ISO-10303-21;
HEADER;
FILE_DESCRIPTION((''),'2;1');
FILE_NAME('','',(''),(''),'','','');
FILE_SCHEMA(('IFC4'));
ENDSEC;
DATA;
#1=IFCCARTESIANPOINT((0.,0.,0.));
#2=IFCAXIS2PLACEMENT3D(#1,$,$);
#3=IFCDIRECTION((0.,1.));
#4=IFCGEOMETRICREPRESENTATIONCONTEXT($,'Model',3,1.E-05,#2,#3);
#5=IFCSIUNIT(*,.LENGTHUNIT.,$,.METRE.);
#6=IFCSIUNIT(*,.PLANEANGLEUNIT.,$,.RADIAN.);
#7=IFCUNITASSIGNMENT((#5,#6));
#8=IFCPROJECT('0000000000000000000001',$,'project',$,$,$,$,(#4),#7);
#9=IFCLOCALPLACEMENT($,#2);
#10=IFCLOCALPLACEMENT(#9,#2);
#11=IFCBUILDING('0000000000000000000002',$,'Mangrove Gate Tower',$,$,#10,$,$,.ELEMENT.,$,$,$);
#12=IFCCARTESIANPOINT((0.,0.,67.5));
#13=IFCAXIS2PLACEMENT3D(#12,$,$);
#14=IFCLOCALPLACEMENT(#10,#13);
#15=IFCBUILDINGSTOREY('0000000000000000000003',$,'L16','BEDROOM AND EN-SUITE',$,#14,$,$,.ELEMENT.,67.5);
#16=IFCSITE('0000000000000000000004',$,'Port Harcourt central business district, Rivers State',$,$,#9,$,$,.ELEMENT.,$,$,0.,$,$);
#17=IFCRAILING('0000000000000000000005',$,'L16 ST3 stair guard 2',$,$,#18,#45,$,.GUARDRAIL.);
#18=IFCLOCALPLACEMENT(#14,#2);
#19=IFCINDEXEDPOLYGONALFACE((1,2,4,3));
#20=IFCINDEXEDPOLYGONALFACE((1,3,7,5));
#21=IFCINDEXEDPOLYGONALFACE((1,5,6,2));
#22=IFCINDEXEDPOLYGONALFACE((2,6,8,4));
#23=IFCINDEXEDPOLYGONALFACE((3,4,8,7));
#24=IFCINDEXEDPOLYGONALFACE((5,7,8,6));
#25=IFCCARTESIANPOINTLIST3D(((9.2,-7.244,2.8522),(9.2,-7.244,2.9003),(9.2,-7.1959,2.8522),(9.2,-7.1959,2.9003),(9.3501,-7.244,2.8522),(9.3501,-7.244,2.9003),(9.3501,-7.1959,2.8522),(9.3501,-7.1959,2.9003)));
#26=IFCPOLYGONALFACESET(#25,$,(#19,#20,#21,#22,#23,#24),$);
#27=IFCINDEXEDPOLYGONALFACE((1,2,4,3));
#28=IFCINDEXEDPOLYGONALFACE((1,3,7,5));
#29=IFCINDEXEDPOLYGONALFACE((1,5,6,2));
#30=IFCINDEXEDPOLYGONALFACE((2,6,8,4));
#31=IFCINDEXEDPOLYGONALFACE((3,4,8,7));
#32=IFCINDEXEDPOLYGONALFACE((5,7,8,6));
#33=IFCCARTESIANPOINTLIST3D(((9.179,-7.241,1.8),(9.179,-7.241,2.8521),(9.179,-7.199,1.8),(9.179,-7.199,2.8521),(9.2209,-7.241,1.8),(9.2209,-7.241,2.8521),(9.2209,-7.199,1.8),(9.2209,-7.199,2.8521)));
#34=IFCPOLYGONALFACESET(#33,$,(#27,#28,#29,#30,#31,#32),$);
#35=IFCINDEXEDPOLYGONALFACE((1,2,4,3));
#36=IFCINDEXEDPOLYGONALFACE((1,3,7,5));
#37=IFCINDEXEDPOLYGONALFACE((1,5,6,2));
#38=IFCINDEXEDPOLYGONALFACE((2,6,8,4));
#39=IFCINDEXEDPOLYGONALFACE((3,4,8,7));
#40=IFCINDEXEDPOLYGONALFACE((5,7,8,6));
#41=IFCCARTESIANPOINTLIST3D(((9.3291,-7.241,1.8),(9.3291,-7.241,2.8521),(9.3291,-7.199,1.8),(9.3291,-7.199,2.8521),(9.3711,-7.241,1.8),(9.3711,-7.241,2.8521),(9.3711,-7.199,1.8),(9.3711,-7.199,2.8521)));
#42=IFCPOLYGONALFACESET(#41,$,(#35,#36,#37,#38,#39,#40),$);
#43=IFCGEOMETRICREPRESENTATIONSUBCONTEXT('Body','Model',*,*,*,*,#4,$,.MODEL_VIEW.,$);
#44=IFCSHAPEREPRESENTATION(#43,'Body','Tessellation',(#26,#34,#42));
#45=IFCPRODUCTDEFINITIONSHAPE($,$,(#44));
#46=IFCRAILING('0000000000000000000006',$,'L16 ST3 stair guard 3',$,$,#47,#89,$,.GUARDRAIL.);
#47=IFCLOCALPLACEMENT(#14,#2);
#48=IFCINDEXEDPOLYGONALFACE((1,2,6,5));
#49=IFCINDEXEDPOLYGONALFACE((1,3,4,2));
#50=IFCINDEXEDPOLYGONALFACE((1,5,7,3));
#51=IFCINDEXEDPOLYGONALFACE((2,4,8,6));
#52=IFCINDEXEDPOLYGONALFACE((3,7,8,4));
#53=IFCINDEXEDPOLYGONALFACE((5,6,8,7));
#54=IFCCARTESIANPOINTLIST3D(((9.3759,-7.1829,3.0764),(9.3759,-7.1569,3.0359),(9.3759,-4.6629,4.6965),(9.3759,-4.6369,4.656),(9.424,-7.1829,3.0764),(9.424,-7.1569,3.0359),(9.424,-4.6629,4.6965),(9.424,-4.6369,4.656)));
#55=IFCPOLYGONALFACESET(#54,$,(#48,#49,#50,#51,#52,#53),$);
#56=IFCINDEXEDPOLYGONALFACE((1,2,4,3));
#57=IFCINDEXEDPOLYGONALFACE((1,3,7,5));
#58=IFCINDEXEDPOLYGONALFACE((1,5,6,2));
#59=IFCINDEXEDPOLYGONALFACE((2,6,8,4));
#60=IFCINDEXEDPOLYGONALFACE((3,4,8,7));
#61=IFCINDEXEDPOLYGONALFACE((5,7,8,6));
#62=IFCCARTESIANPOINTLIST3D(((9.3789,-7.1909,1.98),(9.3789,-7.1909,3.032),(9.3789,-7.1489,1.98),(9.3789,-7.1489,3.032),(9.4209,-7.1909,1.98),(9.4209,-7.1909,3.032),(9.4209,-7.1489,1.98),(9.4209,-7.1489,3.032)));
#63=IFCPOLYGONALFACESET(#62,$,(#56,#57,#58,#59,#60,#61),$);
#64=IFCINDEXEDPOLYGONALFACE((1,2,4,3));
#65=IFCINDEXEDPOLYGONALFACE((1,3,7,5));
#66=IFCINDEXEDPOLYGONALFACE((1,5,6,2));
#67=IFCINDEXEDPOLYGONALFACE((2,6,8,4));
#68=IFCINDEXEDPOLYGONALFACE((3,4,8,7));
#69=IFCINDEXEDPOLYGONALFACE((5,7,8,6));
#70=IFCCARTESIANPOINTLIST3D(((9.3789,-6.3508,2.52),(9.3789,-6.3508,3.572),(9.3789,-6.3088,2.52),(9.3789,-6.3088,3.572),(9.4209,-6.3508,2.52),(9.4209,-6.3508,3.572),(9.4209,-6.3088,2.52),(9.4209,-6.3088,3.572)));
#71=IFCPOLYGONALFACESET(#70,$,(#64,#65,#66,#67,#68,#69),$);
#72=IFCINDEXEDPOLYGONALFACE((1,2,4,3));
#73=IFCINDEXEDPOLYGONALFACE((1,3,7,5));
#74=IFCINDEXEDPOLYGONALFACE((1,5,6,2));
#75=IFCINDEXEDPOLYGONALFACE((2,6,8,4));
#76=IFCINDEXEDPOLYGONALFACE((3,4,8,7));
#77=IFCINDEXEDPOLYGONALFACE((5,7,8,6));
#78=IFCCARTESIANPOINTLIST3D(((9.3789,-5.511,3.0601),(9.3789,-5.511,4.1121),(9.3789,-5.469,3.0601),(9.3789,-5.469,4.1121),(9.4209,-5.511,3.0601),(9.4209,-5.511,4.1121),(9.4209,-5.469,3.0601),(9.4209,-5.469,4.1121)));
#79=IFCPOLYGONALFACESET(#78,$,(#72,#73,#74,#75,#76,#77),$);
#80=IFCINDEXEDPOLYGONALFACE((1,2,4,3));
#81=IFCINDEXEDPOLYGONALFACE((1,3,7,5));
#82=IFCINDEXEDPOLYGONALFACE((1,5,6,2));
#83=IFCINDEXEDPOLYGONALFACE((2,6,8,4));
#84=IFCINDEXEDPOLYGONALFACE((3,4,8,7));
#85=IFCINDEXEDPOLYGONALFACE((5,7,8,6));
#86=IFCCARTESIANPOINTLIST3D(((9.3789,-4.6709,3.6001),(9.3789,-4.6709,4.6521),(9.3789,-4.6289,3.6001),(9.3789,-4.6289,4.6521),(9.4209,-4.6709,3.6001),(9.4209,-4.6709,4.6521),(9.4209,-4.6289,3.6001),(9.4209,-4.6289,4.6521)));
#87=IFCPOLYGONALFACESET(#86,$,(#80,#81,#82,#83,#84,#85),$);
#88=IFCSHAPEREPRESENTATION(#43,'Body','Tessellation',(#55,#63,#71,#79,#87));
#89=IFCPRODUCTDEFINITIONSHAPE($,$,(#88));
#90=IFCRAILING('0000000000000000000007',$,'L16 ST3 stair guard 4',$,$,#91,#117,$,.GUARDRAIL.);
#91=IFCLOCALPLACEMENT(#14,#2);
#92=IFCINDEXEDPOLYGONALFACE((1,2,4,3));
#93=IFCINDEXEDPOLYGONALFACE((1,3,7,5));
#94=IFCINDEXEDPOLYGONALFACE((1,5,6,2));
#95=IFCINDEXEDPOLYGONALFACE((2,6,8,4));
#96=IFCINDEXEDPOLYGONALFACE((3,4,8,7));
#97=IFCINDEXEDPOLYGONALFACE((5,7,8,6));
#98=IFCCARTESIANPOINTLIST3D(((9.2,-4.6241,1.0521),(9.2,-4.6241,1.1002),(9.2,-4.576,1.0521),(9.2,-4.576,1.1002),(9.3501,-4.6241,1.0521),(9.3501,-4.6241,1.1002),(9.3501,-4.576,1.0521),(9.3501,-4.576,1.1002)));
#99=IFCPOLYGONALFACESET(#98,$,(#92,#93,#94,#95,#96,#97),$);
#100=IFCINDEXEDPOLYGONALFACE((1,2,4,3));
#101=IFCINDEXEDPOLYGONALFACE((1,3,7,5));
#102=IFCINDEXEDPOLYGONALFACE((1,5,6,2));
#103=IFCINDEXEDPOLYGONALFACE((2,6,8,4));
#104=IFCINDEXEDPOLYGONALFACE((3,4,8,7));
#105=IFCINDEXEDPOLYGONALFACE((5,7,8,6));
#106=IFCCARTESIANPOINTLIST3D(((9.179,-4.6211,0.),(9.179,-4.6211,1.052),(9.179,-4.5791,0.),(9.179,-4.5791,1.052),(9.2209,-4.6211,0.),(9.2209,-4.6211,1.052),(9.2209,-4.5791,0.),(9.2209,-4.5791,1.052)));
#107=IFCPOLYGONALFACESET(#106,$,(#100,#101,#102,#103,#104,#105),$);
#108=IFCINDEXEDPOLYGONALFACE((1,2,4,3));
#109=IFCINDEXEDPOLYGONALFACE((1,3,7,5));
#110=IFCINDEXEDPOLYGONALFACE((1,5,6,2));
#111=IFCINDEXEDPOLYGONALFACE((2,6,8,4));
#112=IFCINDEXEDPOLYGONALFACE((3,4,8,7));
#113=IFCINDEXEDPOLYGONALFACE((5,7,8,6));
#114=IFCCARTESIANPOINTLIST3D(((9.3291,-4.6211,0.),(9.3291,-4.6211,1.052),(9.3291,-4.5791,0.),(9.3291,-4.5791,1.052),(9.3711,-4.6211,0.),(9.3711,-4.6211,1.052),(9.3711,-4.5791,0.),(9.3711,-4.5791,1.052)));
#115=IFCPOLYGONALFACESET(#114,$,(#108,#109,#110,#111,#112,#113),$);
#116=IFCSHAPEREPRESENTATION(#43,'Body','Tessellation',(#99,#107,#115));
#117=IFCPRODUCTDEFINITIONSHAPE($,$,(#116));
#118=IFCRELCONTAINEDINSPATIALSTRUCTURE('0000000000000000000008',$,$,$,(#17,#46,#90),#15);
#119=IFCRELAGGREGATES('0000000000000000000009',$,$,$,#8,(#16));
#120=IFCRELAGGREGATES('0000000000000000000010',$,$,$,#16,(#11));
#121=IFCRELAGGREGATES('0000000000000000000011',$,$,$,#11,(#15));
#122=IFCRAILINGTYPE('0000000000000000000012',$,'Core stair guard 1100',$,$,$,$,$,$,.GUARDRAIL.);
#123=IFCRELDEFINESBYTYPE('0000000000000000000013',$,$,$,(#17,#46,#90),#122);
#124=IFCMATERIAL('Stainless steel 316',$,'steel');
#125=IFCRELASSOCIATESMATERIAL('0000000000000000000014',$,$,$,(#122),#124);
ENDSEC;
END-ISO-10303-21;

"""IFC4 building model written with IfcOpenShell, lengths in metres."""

from ifc_helpers import new_model, si_unit, direction, frame, origin, origin_2d, place, context, subcontext, project, spatial, rectangle, extrude, material, type_object, element, save


model = new_model("IFC4")

# Units and contexts
model_context = context("Model", 3, precision=1e-05, world=origin(), true_north=direction((0.0, 1.0)))
body_context = subcontext(model_context, "Body", "Model", "MODEL_VIEW")
ifc_project = project(units=[si_unit("LENGTHUNIT", "METRE"), si_unit("PLANEANGLEUNIT", "RADIAN")], contexts=[model_context])

# Site, building, storey
site_placement = place(None, origin())
site = spatial("IfcSite", under=ifc_project, at=site_placement, Name="Port Harcourt central business district, Rivers State", CompositionType="ELEMENT", RefElevation=0.0)
building_placement = place(site_placement, origin())
building = spatial("IfcBuilding", under=site, at=building_placement, Name="Mangrove Gate Tower", CompositionType="ELEMENT")
storey_placement = place(building_placement, frame((0.0, 0.0, 67.5)))
storey = spatial("IfcBuildingStorey", under=building, at=storey_placement, Name="L16", Description="BEDROOM AND EN-SUITE", CompositionType="ELEMENT", Elevation=67.5)

# Railings
ifc_material_1 = material(Name="Stainless steel 316", Category="steel")
railing_type_1 = type_object("IfcRailingType", Name="Core stair guard 1100", PredefinedType="GUARDRAIL", material=ifc_material_1)
railing_1_placement = place(storey_placement, frame((9.2, -7.22, 1.8)))
element("IfcRailing", 1, at=railing_1_placement, inside=storey, type_object=railing_type_1, Name="L16 ST3 stair guard 2", PredefinedType="GUARDRAIL", context=body_context, shape_type="SweptSolid", body=[
    extrude(rectangle(XDim=0.0481, YDim=0.0481, at=origin_2d()), frame((0.0, 0.0, 1.0762), z_axis=(1.0, 0.0, 0.0), x_axis=(0.0, 1.0, 0.0)), (0.0, 0.0, 1.0), 0.1501),
    extrude(rectangle(XDim=0.042, YDim=0.042, at=origin_2d()), origin(), (0.0, 0.0, 1.0), 1.052),
    extrude(rectangle(XDim=0.042, YDim=0.042, at=origin_2d()), frame((0.1501, 0.0, 0.0)), (0.0, 0.0, 1.0), 1.052),
])
railing_2_placement = place(storey_placement, frame((9.3999, -7.1699, 1.98)))
element("IfcRailing", 2, at=railing_2_placement, inside=storey, type_object=railing_type_1, Name="L16 ST3 stair guard 3", PredefinedType="GUARDRAIL", context=body_context, shape_type="SweptSolid", body=[
    extrude(rectangle(XDim=0.0481, YDim=0.0481, at=origin_2d()), frame((0.0, 0.0, 1.0762), z_axis=(0.0, 0.841163, 0.540782), x_axis=(-1.0, 0.0, 0.0)), (0.0, 0.0, 1.0), 2.9958),
    extrude(rectangle(XDim=0.042, YDim=0.042, at=origin_2d()), origin(), (0.0, 0.0, 1.0), 1.052),
    extrude(rectangle(XDim=0.042, YDim=0.042, at=origin_2d()), frame((0.0, 0.8401, 0.54)), (0.0, 0.0, 1.0), 1.052),
    extrude(rectangle(XDim=0.042, YDim=0.042, at=origin_2d()), frame((0.0, 1.6799, 1.0801)), (0.0, 0.0, 1.0), 1.052),
    extrude(rectangle(XDim=0.042, YDim=0.042, at=origin_2d()), frame((0.0, 2.52, 1.6201)), (0.0, 0.0, 1.0), 1.052),
])
railing_3_placement = place(storey_placement, frame((9.2, -4.6001, 0.0)))
element("IfcRailing", 3, at=railing_3_placement, inside=storey, type_object=railing_type_1, Name="L16 ST3 stair guard 4", PredefinedType="GUARDRAIL", context=body_context, shape_type="SweptSolid", body=[
    extrude(rectangle(XDim=0.0481, YDim=0.0481, at=origin_2d()), frame((0.0, 0.0, 1.0762), z_axis=(1.0, 0.0, 0.0), x_axis=(0.0, 1.0, 0.0)), (0.0, 0.0, 1.0), 0.1501),
    extrude(rectangle(XDim=0.042, YDim=0.042, at=origin_2d()), origin(), (0.0, 0.0, 1.0), 1.052),
    extrude(rectangle(XDim=0.042, YDim=0.042, at=origin_2d()), frame((0.1501, 0.0, 0.0)), (0.0, 0.0, 1.0), 1.052),
])

save(model, "model.ifc")
